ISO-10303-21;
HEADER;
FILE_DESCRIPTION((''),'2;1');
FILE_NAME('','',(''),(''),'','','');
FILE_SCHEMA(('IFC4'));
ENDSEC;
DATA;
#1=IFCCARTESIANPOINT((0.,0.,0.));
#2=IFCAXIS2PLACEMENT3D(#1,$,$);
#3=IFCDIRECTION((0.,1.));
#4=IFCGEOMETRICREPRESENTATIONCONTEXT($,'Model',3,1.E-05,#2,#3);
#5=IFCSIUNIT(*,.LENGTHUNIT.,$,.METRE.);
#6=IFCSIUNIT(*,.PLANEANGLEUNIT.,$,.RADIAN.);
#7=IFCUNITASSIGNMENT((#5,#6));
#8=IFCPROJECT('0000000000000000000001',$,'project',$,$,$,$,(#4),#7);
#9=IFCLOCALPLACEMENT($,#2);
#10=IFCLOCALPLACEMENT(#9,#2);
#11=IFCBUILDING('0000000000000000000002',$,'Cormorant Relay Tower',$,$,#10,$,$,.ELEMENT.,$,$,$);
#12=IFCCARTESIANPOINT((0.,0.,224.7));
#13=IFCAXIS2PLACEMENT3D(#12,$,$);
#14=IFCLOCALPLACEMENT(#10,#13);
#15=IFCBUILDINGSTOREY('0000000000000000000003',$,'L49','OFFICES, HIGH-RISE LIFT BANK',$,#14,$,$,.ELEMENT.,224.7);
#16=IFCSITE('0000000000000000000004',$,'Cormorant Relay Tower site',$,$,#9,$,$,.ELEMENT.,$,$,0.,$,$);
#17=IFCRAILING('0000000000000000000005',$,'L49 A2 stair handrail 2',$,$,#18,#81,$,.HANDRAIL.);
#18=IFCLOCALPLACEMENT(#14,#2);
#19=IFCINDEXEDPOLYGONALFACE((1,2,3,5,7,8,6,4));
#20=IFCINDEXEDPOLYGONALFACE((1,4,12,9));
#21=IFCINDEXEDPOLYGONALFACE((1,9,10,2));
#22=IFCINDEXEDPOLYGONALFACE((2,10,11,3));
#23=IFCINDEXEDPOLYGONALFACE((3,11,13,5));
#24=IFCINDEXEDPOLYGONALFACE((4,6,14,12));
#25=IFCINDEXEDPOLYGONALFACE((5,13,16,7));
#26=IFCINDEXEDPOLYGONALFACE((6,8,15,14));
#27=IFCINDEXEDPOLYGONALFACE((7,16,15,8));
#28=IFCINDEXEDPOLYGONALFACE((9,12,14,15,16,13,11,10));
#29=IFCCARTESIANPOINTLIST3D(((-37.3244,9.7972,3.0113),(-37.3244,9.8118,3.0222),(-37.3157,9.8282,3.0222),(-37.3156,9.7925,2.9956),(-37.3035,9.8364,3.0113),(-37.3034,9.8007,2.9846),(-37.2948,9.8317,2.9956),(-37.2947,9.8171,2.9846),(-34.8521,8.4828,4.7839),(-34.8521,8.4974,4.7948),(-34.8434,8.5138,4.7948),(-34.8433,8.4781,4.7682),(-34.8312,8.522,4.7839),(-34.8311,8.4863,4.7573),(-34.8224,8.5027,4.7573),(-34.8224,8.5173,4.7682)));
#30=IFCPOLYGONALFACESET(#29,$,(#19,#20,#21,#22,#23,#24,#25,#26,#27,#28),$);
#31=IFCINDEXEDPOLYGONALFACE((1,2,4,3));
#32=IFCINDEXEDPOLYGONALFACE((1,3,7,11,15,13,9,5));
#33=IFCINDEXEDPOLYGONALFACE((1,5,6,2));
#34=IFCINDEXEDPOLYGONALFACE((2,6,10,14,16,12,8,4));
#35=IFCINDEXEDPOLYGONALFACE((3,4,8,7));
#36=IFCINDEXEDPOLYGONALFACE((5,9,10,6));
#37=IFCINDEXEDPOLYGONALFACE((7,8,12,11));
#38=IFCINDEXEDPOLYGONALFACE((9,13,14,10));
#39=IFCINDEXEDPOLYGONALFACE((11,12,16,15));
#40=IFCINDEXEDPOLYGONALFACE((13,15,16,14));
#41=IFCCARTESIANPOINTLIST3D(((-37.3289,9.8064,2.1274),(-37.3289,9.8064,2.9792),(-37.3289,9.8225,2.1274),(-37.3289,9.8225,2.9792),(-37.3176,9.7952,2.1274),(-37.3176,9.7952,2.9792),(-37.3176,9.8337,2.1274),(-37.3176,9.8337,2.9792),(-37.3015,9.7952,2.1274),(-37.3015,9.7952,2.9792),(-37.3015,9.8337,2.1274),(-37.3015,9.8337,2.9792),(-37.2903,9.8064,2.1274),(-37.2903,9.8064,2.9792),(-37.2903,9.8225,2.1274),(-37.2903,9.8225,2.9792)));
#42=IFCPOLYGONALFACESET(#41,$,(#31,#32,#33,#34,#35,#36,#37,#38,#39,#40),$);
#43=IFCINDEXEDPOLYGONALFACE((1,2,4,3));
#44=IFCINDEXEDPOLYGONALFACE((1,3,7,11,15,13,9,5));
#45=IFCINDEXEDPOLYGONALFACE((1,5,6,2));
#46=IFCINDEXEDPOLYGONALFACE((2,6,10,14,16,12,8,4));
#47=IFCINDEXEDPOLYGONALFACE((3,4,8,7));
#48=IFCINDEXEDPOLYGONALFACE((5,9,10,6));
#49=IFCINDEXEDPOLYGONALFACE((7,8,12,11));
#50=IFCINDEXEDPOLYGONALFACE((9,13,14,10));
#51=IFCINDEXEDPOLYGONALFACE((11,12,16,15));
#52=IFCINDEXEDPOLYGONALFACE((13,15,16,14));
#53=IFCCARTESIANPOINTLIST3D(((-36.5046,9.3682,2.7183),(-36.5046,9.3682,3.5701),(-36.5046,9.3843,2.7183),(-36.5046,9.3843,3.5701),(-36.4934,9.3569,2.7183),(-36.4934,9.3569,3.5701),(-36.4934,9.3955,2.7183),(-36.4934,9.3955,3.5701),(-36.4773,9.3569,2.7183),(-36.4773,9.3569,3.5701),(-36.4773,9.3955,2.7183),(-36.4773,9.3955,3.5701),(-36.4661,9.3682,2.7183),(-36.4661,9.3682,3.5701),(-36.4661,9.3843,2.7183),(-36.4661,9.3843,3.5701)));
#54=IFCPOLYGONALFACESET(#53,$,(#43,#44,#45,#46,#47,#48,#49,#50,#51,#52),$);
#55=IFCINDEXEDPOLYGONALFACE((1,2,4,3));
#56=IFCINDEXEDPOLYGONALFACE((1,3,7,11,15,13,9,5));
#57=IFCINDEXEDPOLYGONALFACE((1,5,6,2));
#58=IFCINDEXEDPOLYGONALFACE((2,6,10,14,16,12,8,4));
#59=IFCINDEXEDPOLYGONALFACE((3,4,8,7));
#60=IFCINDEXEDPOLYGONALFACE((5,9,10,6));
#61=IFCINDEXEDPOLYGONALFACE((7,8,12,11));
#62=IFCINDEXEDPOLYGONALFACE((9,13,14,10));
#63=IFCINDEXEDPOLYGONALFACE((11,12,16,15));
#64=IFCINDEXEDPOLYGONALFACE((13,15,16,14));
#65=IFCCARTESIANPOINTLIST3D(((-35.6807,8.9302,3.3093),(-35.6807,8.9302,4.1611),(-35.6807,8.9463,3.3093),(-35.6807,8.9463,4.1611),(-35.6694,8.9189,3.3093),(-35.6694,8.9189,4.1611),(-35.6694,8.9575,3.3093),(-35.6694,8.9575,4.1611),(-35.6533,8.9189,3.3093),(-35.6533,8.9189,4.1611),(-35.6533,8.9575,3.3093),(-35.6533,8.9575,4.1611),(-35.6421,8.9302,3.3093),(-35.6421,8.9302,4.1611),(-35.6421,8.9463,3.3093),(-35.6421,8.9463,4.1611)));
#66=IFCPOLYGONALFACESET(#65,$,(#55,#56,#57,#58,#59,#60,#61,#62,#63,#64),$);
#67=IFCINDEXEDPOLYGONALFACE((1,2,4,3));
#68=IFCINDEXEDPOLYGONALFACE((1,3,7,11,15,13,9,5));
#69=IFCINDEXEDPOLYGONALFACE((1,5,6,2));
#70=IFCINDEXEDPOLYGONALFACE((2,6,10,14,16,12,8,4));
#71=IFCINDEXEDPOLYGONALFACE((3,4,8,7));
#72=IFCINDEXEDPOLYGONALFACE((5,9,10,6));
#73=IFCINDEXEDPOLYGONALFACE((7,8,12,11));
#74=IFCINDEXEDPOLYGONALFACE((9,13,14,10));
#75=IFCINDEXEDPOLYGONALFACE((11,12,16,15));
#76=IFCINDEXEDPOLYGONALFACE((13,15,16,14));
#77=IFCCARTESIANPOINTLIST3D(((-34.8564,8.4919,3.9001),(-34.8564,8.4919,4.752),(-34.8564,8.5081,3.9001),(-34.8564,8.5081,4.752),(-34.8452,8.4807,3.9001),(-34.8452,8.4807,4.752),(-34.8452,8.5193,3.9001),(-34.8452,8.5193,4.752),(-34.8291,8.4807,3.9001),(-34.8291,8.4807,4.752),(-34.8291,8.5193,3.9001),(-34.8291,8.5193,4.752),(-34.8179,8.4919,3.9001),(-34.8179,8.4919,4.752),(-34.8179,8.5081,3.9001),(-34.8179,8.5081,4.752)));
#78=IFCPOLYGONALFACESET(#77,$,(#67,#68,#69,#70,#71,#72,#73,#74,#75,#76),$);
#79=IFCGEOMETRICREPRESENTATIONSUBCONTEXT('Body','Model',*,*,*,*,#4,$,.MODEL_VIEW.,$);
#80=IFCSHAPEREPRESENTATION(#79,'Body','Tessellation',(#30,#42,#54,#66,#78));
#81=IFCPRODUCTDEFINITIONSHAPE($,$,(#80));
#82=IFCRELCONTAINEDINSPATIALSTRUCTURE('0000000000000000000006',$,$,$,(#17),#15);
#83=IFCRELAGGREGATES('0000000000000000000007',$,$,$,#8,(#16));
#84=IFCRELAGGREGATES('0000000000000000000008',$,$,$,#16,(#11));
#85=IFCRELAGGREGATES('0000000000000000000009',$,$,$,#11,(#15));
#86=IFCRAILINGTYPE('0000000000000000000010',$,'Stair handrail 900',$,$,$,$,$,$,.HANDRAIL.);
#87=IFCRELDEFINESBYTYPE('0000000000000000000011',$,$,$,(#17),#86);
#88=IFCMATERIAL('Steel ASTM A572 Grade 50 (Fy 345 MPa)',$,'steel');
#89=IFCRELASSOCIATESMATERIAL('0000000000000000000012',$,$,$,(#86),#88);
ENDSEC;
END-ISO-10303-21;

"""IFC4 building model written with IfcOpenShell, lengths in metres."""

from ifc_helpers import new_model, si_unit, direction, frame, origin, place, context, subcontext, project, spatial, polyline, outline, extrude, material, type_object, element, save


model = new_model("IFC4")

# Units and contexts
model_context = context("Model", 3, precision=1e-05, world=origin(), true_north=direction((0.0, 1.0)))
body_context = subcontext(model_context, "Body", "Model", "MODEL_VIEW")
ifc_project = project(units=[si_unit("LENGTHUNIT", "METRE"), si_unit("PLANEANGLEUNIT", "RADIAN")], contexts=[model_context])

# Site, building, storey
site_placement = place(None, origin())
site = spatial("IfcSite", under=ifc_project, at=site_placement, Name="Cormorant Relay Tower site", CompositionType="ELEMENT", RefElevation=0.0)
building_placement = place(site_placement, origin())
building = spatial("IfcBuilding", under=site, at=building_placement, Name="Cormorant Relay Tower", CompositionType="ELEMENT")
storey_placement = place(building_placement, frame((0.0, 0.0, 224.7)))
storey = spatial("IfcBuildingStorey", under=building, at=storey_placement, Name="L49", Description="OFFICES, HIGH-RISE LIFT BANK", CompositionType="ELEMENT", Elevation=224.7)

# Railing
ifc_material_1 = material(Name="Steel ASTM A572 Grade 50 (Fy 345 MPa)", Category="steel")
railing_type_1 = type_object("IfcRailingType", Name="Stair handrail 900", PredefinedType="HANDRAIL", material=ifc_material_1)
railing_1_placement = place(storey_placement, frame((-37.3096, 9.8145, 2.1274)))
element("IfcRailing", 1, at=railing_1_placement, inside=storey, type_object=railing_type_1, Name="L49 A2 stair handrail 2", PredefinedType="HANDRAIL", context=body_context, shape_type="SweptSolid", body=[
    extrude(outline(polyline([(0.0222, 0.0093), (0.0093, 0.0222), (-0.0093, 0.0222), (-0.0222, 0.0093), (-0.0222, -0.0093), (-0.0093, -0.0222), (0.0093, -0.0222), (0.0222, -0.0093), (0.0222, 0.0093)])), frame((0.0, 0.0, 0.876), z_axis=(0.746034, -0.396627, 0.534902), x_axis=(0.469429, 0.88297, 0.0)), (0.0, 0.0, 1.0), 3.314),
    extrude(outline(polyline([(0.0193, 0.0081), (0.0081, 0.0193), (-0.0081, 0.0193), (-0.0193, 0.0081), (-0.0193, -0.0081), (-0.0081, -0.0193), (0.0081, -0.0193), (0.0193, -0.0081), (0.0193, 0.0081)])), origin(), (0.0, 0.0, 1.0), 0.8518),
    extrude(outline(polyline([(0.0193, 0.0081), (0.0081, 0.0193), (-0.0081, 0.0193), (-0.0193, 0.0081), (-0.0193, -0.0081), (-0.0081, -0.0193), (0.0081, -0.0193), (0.0193, -0.0081), (0.0193, 0.0081)])), frame((0.8242, -0.4382, 0.5908)), (0.0, 0.0, 1.0), 0.8518),
    extrude(outline(polyline([(0.0193, 0.0081), (0.0081, 0.0193), (-0.0081, 0.0193), (-0.0193, 0.0081), (-0.0193, -0.0081), (-0.0081, -0.0193), (0.0081, -0.0193), (0.0193, -0.0081), (0.0193, 0.0081)])), frame((1.6482, -0.8762, 1.1819)), (0.0, 0.0, 1.0), 0.8518),
    extrude(outline(polyline([(0.0193, 0.0081), (0.0081, 0.0193), (-0.0081, 0.0193), (-0.0193, 0.0081), (-0.0193, -0.0081), (-0.0081, -0.0193), (0.0081, -0.0193), (0.0193, -0.0081), (0.0193, 0.0081)])), frame((2.4724, -1.3145, 1.7727)), (0.0, 0.0, 1.0), 0.8518),
])

save(model, "model.ifc")
